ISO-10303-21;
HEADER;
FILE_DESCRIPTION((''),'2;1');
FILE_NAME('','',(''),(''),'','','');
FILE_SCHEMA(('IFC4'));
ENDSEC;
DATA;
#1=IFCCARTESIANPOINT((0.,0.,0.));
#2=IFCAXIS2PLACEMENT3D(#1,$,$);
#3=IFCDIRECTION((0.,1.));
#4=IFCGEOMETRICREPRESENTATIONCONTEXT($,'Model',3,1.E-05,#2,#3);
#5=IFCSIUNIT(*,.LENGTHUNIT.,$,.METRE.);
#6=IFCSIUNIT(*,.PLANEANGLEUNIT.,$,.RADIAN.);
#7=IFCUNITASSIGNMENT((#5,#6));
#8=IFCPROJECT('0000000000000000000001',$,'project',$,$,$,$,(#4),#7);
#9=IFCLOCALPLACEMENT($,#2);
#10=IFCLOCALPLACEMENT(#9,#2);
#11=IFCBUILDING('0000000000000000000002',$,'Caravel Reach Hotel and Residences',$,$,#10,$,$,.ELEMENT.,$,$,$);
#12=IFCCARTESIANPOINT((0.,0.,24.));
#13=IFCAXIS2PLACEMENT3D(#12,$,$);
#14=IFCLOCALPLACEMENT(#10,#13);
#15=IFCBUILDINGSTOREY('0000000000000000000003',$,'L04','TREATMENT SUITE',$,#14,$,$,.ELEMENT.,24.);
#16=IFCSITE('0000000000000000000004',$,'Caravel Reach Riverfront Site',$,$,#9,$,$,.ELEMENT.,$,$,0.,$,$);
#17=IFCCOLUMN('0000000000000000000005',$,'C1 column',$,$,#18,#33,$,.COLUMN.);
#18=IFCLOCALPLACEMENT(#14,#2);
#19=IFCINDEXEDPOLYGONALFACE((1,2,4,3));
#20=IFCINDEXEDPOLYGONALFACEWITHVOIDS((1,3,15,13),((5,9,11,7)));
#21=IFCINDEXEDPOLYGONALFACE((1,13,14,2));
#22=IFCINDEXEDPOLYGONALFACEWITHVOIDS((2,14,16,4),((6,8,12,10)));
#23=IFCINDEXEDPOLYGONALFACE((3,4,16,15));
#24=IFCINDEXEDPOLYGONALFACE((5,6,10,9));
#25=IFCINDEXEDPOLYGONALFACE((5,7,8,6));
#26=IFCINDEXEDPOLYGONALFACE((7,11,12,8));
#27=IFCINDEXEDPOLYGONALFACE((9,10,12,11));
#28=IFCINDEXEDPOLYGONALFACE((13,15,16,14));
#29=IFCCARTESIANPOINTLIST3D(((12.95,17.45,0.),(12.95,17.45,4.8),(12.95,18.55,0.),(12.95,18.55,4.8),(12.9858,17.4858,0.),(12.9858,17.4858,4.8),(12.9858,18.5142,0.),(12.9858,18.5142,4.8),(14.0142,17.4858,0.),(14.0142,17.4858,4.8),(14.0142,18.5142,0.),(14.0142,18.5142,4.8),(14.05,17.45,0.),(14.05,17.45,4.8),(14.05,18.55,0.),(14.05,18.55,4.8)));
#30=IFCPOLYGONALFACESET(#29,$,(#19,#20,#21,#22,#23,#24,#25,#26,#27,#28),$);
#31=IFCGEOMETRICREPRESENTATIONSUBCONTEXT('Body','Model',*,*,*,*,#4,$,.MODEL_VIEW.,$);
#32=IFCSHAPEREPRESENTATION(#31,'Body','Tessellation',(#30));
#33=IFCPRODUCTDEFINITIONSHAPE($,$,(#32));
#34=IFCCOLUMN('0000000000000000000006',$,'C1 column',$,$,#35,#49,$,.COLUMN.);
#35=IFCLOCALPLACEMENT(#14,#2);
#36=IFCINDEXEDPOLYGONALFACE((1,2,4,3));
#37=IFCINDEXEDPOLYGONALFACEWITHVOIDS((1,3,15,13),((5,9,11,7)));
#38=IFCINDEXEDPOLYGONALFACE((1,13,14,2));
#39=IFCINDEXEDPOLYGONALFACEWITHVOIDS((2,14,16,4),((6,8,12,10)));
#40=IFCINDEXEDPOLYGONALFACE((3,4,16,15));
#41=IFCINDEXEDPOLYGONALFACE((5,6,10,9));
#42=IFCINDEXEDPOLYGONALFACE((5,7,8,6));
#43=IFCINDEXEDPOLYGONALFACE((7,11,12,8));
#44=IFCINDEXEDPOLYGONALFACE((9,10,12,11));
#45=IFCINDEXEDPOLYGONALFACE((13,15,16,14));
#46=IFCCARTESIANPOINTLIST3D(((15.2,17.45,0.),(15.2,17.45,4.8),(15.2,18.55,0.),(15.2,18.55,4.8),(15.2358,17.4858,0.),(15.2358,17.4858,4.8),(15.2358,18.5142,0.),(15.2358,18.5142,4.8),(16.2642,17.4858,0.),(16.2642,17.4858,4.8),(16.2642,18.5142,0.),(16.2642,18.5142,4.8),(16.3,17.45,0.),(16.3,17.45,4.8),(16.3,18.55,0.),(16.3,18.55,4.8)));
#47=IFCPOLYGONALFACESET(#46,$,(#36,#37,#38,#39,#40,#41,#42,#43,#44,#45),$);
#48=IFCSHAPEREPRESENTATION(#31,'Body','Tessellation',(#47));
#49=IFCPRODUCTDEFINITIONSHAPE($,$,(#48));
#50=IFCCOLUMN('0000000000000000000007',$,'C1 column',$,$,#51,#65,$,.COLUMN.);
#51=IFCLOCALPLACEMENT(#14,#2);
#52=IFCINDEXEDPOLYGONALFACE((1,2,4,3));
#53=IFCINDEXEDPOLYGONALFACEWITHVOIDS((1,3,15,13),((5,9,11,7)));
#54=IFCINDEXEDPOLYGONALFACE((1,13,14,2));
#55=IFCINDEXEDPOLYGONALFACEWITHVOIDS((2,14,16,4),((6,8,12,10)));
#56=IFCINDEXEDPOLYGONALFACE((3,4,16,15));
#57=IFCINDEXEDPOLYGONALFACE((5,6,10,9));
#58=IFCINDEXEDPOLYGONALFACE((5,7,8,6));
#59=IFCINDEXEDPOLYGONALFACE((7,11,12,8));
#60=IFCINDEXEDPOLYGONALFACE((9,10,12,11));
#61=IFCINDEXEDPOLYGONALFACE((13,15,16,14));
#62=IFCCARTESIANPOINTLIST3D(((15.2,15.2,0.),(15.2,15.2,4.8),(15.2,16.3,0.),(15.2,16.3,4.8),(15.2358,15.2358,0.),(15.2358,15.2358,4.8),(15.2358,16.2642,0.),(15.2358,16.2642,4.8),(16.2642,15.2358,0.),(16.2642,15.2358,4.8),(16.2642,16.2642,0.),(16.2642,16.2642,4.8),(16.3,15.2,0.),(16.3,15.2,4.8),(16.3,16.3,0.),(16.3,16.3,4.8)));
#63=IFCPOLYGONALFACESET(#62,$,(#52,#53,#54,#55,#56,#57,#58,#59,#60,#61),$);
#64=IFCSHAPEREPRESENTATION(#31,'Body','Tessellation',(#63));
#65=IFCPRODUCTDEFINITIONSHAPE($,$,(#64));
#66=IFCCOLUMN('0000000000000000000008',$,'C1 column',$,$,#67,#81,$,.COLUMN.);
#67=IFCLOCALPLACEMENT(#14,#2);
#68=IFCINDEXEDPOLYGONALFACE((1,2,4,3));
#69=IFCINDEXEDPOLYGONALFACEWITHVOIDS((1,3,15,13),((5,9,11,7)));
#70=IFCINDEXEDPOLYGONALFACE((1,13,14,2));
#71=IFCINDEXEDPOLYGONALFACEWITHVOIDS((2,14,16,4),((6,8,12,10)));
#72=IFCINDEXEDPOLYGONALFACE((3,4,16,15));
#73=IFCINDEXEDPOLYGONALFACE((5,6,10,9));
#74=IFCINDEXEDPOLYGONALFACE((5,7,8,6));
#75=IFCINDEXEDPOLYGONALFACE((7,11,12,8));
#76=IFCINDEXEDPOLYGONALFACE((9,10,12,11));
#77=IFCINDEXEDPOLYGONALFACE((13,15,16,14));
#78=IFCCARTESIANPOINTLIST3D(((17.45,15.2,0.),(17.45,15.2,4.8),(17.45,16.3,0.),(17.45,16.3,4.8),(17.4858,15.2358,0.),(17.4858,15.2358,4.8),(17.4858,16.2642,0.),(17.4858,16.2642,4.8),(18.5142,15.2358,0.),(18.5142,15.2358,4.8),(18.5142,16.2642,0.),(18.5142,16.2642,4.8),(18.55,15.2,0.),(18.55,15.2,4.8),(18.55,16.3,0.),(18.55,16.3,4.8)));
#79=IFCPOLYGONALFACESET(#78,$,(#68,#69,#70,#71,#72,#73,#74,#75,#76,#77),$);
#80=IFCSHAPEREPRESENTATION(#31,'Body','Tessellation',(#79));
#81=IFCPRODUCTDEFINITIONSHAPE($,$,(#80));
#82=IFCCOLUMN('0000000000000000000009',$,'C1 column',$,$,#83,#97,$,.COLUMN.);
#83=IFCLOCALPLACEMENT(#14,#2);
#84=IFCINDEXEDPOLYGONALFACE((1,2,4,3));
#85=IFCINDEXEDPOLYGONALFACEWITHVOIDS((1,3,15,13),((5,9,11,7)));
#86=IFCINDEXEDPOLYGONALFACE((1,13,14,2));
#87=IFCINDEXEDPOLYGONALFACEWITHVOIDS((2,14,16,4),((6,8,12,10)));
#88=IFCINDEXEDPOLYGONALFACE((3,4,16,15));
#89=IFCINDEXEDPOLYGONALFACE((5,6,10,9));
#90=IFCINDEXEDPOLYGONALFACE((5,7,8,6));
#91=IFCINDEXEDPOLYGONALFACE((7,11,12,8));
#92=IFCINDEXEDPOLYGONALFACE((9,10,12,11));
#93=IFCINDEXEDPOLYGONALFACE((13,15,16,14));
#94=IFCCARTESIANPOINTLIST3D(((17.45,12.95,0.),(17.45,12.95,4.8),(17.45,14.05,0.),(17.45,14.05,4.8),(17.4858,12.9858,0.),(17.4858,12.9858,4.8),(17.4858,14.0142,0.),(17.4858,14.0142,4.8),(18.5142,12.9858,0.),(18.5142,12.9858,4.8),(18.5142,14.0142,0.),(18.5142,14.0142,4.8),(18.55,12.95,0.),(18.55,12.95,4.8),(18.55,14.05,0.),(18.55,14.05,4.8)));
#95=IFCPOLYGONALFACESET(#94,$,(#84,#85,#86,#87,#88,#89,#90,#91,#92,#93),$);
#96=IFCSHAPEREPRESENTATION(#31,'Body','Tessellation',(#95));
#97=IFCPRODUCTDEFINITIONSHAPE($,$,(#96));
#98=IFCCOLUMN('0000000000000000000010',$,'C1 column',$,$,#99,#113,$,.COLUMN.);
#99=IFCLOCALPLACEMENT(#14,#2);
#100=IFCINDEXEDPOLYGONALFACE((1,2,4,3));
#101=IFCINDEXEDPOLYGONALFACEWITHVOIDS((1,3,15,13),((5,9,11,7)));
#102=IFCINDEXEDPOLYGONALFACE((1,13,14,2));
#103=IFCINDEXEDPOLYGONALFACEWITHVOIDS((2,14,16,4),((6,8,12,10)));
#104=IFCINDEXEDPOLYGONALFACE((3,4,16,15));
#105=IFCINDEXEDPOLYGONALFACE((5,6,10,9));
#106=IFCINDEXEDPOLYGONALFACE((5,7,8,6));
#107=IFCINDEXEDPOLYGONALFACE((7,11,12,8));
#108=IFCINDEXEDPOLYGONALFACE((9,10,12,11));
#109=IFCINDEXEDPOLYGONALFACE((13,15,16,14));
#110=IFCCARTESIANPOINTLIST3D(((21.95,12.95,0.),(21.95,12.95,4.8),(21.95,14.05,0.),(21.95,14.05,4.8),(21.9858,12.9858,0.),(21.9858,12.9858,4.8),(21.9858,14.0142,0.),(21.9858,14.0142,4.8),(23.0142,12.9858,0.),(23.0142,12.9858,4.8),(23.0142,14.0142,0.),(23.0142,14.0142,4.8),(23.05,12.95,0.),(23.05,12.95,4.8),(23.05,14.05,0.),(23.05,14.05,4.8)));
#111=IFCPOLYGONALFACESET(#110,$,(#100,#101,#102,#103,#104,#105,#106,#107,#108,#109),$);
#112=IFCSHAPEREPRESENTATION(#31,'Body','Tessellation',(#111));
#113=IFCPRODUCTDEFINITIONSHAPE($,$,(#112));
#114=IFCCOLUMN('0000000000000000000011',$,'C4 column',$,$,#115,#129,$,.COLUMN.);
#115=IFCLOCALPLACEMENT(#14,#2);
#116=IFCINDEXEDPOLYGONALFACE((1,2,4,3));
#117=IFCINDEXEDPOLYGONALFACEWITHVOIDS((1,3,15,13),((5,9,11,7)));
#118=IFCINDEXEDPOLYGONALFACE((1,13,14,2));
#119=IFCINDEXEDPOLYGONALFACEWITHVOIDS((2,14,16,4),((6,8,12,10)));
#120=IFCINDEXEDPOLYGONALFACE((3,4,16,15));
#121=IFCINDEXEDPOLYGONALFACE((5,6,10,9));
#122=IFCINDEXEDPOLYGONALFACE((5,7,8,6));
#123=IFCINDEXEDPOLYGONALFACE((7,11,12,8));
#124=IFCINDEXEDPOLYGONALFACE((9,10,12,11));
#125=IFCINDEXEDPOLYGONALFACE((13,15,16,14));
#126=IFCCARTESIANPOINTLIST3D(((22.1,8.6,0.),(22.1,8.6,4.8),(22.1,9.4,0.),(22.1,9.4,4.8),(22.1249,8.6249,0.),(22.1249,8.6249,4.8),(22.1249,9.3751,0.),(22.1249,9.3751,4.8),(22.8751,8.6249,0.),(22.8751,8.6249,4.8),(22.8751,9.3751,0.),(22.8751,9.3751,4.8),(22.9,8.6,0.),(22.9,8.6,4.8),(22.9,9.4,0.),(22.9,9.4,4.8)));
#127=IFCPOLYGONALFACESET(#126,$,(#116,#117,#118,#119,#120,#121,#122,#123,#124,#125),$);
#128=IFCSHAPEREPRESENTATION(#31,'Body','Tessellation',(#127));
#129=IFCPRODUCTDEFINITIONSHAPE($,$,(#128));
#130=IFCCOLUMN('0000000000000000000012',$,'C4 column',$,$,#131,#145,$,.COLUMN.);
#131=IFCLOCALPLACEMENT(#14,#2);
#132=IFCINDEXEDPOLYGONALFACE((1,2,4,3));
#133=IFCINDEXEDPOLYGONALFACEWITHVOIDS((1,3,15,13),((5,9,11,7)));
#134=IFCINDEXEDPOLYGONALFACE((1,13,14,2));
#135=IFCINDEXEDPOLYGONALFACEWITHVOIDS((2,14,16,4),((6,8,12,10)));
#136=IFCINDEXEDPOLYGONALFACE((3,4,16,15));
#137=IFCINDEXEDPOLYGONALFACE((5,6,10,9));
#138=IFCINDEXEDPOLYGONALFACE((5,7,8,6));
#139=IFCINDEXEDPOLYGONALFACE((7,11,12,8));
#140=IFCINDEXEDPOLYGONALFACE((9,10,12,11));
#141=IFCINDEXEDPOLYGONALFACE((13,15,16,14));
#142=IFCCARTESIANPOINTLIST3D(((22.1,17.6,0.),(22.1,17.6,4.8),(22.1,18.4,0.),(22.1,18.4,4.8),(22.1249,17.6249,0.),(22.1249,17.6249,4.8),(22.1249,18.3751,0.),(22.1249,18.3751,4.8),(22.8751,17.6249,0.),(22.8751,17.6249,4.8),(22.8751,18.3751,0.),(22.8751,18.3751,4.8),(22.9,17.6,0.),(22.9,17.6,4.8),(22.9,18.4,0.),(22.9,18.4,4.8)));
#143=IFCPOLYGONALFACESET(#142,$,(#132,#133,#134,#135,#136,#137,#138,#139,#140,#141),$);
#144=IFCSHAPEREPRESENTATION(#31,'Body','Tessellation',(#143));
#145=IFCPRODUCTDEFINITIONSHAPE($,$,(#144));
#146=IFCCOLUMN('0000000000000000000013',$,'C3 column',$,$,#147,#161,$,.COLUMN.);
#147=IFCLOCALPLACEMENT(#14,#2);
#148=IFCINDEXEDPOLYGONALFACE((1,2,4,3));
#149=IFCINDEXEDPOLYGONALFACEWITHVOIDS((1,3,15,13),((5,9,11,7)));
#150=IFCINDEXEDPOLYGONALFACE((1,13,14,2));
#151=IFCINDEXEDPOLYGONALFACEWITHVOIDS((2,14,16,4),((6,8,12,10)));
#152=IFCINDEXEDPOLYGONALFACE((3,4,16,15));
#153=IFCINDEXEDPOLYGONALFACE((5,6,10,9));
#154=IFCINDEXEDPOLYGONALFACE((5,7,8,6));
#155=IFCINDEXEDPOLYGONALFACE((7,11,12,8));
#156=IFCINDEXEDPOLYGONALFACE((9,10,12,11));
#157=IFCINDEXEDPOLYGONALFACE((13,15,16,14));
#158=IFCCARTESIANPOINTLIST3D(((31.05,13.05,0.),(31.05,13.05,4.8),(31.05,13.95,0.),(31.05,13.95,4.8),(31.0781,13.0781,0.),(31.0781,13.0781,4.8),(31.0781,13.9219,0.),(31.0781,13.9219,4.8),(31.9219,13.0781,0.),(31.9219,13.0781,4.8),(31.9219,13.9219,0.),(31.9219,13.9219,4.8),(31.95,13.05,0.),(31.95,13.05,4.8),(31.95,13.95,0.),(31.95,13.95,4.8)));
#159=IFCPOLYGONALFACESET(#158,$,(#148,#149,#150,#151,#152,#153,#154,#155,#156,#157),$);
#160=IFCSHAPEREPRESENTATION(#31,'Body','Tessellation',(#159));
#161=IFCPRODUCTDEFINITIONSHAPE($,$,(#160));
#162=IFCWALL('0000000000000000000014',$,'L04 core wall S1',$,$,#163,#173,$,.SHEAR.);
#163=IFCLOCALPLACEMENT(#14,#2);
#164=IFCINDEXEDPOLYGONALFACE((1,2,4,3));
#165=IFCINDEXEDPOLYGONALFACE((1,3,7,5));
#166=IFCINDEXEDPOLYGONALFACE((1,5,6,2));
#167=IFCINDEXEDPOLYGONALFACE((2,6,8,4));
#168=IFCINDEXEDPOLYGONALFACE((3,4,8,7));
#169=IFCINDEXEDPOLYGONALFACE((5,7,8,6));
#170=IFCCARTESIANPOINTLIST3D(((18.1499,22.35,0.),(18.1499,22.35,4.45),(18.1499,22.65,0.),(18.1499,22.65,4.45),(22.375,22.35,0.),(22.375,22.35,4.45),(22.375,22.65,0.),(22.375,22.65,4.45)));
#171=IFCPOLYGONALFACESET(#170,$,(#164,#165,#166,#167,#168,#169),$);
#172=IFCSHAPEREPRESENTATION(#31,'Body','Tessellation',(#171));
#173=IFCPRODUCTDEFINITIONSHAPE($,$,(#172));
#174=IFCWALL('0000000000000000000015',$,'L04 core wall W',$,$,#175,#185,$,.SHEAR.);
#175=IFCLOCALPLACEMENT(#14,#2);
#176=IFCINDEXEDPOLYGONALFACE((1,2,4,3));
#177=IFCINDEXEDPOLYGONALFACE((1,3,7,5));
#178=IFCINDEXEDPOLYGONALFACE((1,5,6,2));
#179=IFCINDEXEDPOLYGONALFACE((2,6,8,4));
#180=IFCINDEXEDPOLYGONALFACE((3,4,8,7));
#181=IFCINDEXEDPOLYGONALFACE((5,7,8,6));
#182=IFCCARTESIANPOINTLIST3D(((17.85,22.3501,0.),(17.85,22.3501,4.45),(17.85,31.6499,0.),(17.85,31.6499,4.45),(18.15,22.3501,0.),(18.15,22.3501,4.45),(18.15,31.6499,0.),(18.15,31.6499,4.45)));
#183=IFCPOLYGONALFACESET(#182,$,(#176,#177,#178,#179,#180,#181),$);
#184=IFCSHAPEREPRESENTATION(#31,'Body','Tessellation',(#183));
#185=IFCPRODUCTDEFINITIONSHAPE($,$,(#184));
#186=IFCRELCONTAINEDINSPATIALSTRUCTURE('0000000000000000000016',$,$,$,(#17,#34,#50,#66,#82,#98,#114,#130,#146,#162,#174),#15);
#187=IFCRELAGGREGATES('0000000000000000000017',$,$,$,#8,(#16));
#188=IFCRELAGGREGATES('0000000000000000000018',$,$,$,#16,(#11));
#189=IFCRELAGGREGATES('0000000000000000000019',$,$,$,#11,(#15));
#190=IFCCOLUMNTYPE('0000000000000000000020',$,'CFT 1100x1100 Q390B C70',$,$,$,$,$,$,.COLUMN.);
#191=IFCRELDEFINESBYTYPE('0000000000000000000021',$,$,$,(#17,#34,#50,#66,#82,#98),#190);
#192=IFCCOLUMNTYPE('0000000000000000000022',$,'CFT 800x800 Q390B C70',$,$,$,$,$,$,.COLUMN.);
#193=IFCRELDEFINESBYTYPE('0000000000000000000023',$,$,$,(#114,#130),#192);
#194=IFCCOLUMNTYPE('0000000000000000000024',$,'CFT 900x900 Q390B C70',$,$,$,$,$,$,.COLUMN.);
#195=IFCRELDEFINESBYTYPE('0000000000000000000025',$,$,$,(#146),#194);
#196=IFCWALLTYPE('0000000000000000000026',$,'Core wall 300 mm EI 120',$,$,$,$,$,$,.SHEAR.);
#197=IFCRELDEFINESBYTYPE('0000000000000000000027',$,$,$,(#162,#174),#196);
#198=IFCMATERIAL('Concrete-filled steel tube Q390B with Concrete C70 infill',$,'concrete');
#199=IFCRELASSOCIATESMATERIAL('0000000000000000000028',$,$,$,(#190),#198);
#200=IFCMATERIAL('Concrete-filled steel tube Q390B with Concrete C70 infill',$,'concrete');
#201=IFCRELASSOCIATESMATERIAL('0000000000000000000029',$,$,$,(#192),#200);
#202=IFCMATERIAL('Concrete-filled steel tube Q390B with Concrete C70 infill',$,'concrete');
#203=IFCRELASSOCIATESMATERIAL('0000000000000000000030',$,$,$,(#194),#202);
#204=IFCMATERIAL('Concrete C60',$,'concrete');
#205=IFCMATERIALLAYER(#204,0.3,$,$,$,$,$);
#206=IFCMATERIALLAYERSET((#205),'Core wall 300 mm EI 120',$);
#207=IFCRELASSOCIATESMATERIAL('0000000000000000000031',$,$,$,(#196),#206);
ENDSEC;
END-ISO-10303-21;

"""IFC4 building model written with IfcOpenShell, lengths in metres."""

from ifc_helpers import new_model, si_unit, direction, frame, frame_2d, origin, origin_2d, place, context, subcontext, project, spatial, rectangle, hollow_rectangle, extrude, material, layer, layer_set, material_profile, profile_set, type_object, element, save


model = new_model("IFC4")

# Units and contexts
model_context = context("Model", 3, precision=1e-05, world=origin(), true_north=direction((0.0, 1.0)))
body_context = subcontext(model_context, "Body", "Model", "MODEL_VIEW")
ifc_project = project(units=[si_unit("LENGTHUNIT", "METRE"), si_unit("PLANEANGLEUNIT", "RADIAN")], contexts=[model_context])

# Site, building, storey
site_placement = place(None, origin())
site = spatial("IfcSite", under=ifc_project, at=site_placement, Name="Caravel Reach Riverfront Site", CompositionType="ELEMENT", RefElevation=0.0)
building_placement = place(site_placement, origin())
building = spatial("IfcBuilding", under=site, at=building_placement, Name="Caravel Reach Hotel and Residences", CompositionType="ELEMENT")
storey_placement = place(building_placement, frame((0.0, 0.0, 24.0)))
storey = spatial("IfcBuildingStorey", under=building, at=storey_placement, Name="L04", Description="TREATMENT SUITE", CompositionType="ELEMENT", Elevation=24.0)

# Columns
ifc_material_1 = material(Name="Concrete-filled steel tube Q390B with Concrete C70 infill", Category="concrete")
ifc_material_profile_1 = material_profile(ifc_material_1, hollow_rectangle(XDim=1.1001, YDim=1.1001, WallThickness=0.0359, at=origin_2d()), Name="RHS 1100x1100x36")
ifc_profile_set_1 = profile_set([ifc_material_profile_1], Name="Concrete-filled steel tube Q390B with Concrete C70 infill")
column_type_1 = type_object("IfcColumnType", Name="CFT 1100x1100 Q390B C70", PredefinedType="COLUMN", material=ifc_profile_set_1)
for number, where, z_axis, x_axis, name in (
    (1, (13.5, 18.0, 0.0), (0.0, 0.0, 1.0), (1.0, 0.0, 0.0), "C1 column"),
    (2, (15.75, 18.0, 0.0), (0.0, 0.0, 1.0), (1.0, 0.0, 0.0), "C1 column"),
    (3, (15.75, 15.75, 0.0), (0.0, 0.0, 1.0), (1.0, 0.0, 0.0), "C1 column"),
    (4, (18.0, 15.75, 0.0), (0.0, 0.0, 1.0), (1.0, 0.0, 0.0), "C1 column"),
    (5, (18.0, 13.5, 0.0), (0.0, 0.0, 1.0), (1.0, 0.0, 0.0), "C1 column"),
    (6, (22.5, 13.5, 0.0), (0.0, 0.0, 1.0), (1.0, 0.0, 0.0), "C1 column"),
):
    element("IfcColumn", number, at=place(storey_placement, frame(where, z_axis=z_axis, x_axis=x_axis)), inside=storey, type_object=column_type_1, Name=name, PredefinedType="COLUMN", context=body_context, shape_type="SweptSolid", body=[
        extrude(hollow_rectangle(XDim=1.1001, YDim=1.1001, WallThickness=0.0359, at=origin_2d()), origin(), (0.0, 0.0, 1.0), 4.8),
    ])
ifc_material_2 = material(Name="Concrete-filled steel tube Q390B with Concrete C70 infill", Category="concrete")
ifc_material_profile_2 = material_profile(ifc_material_2, hollow_rectangle(XDim=0.8, YDim=0.8, WallThickness=0.0249, at=origin_2d()), Name="RHS 800x800x25")
ifc_profile_set_2 = profile_set([ifc_material_profile_2], Name="Concrete-filled steel tube Q390B with Concrete C70 infill")
column_type_2 = type_object("IfcColumnType", Name="CFT 800x800 Q390B C70", PredefinedType="COLUMN", material=ifc_profile_set_2)
for number, where, z_axis, x_axis, name in (
    (7, (22.5, 9.0, 0.0), (0.0, 0.0, 1.0), (1.0, 0.0, 0.0), "C4 column"),
    (8, (22.5, 18.0, 0.0), (0.0, 0.0, 1.0), (1.0, 0.0, 0.0), "C4 column"),
):
    element("IfcColumn", number, at=place(storey_placement, frame(where, z_axis=z_axis, x_axis=x_axis)), inside=storey, type_object=column_type_2, Name=name, PredefinedType="COLUMN", context=body_context, shape_type="SweptSolid", body=[
        extrude(hollow_rectangle(XDim=0.8, YDim=0.8, WallThickness=0.0249, at=origin_2d()), origin(), (0.0, 0.0, 1.0), 4.8),
    ])
ifc_material_3 = material(Name="Concrete-filled steel tube Q390B with Concrete C70 infill", Category="concrete")
ifc_material_profile_3 = material_profile(ifc_material_3, hollow_rectangle(XDim=0.8999, YDim=0.8999, WallThickness=0.0281, at=origin_2d()), Name="RHS 900x900x28")
ifc_profile_set_3 = profile_set([ifc_material_profile_3], Name="Concrete-filled steel tube Q390B with Concrete C70 infill")
column_type_3 = type_object("IfcColumnType", Name="CFT 900x900 Q390B C70", PredefinedType="COLUMN", material=ifc_profile_set_3)
column_placement = place(storey_placement, frame((31.5, 13.5, 0.0), z_axis=(0.0, 0.0, 1.0), x_axis=(1.0, 0.0, 0.0)))
element("IfcColumn", 9, at=column_placement, inside=storey, type_object=column_type_3, Name="C3 column", PredefinedType="COLUMN", context=body_context, shape_type="SweptSolid", body=[
    extrude(hollow_rectangle(XDim=0.8999, YDim=0.8999, WallThickness=0.0281, at=origin_2d()), origin(), (0.0, 0.0, 1.0), 4.8),
])

# Walls
ifc_material_4 = material(Name="Concrete C60", Category="concrete")
ifc_layer_1 = layer(ifc_material_4, 0.3)
ifc_layer_set_1 = layer_set([ifc_layer_1], Name="Core wall 300 mm EI 120")
wall_type_1 = type_object("IfcWallType", Name="Core wall 300 mm EI 120", PredefinedType="SHEAR", material=ifc_layer_set_1)
wall_1_placement = place(storey_placement, frame((18.1499, 22.5, 0.0), z_axis=(0.0, 0.0, 1.0), x_axis=(1.0, 0.0, 0.0)))
element("IfcWall", 10, at=wall_1_placement, inside=storey, type_object=wall_type_1, Name="L04 core wall S1", PredefinedType="SHEAR", context=body_context, shape_type="SweptSolid", body=[
    extrude(rectangle(XDim=4.2251, YDim=0.3, at=frame_2d((2.1125, 0.0))), origin(), (0.0, 0.0, 1.0), 4.45),
])
wall_2_placement = place(storey_placement, frame((18.0, 22.3501, 0.0), z_axis=(0.0, 0.0, 1.0), x_axis=(0.0, 1.0, 0.0)))
element("IfcWall", 11, at=wall_2_placement, inside=storey, type_object=wall_type_1, Name="L04 core wall W", PredefinedType="SHEAR", context=body_context, shape_type="SweptSolid", body=[
    extrude(rectangle(XDim=9.2998, YDim=0.3, at=frame_2d((4.6499, 0.0))), origin(), (0.0, 0.0, 1.0), 4.45),
])

save(model, "model.ifc")
